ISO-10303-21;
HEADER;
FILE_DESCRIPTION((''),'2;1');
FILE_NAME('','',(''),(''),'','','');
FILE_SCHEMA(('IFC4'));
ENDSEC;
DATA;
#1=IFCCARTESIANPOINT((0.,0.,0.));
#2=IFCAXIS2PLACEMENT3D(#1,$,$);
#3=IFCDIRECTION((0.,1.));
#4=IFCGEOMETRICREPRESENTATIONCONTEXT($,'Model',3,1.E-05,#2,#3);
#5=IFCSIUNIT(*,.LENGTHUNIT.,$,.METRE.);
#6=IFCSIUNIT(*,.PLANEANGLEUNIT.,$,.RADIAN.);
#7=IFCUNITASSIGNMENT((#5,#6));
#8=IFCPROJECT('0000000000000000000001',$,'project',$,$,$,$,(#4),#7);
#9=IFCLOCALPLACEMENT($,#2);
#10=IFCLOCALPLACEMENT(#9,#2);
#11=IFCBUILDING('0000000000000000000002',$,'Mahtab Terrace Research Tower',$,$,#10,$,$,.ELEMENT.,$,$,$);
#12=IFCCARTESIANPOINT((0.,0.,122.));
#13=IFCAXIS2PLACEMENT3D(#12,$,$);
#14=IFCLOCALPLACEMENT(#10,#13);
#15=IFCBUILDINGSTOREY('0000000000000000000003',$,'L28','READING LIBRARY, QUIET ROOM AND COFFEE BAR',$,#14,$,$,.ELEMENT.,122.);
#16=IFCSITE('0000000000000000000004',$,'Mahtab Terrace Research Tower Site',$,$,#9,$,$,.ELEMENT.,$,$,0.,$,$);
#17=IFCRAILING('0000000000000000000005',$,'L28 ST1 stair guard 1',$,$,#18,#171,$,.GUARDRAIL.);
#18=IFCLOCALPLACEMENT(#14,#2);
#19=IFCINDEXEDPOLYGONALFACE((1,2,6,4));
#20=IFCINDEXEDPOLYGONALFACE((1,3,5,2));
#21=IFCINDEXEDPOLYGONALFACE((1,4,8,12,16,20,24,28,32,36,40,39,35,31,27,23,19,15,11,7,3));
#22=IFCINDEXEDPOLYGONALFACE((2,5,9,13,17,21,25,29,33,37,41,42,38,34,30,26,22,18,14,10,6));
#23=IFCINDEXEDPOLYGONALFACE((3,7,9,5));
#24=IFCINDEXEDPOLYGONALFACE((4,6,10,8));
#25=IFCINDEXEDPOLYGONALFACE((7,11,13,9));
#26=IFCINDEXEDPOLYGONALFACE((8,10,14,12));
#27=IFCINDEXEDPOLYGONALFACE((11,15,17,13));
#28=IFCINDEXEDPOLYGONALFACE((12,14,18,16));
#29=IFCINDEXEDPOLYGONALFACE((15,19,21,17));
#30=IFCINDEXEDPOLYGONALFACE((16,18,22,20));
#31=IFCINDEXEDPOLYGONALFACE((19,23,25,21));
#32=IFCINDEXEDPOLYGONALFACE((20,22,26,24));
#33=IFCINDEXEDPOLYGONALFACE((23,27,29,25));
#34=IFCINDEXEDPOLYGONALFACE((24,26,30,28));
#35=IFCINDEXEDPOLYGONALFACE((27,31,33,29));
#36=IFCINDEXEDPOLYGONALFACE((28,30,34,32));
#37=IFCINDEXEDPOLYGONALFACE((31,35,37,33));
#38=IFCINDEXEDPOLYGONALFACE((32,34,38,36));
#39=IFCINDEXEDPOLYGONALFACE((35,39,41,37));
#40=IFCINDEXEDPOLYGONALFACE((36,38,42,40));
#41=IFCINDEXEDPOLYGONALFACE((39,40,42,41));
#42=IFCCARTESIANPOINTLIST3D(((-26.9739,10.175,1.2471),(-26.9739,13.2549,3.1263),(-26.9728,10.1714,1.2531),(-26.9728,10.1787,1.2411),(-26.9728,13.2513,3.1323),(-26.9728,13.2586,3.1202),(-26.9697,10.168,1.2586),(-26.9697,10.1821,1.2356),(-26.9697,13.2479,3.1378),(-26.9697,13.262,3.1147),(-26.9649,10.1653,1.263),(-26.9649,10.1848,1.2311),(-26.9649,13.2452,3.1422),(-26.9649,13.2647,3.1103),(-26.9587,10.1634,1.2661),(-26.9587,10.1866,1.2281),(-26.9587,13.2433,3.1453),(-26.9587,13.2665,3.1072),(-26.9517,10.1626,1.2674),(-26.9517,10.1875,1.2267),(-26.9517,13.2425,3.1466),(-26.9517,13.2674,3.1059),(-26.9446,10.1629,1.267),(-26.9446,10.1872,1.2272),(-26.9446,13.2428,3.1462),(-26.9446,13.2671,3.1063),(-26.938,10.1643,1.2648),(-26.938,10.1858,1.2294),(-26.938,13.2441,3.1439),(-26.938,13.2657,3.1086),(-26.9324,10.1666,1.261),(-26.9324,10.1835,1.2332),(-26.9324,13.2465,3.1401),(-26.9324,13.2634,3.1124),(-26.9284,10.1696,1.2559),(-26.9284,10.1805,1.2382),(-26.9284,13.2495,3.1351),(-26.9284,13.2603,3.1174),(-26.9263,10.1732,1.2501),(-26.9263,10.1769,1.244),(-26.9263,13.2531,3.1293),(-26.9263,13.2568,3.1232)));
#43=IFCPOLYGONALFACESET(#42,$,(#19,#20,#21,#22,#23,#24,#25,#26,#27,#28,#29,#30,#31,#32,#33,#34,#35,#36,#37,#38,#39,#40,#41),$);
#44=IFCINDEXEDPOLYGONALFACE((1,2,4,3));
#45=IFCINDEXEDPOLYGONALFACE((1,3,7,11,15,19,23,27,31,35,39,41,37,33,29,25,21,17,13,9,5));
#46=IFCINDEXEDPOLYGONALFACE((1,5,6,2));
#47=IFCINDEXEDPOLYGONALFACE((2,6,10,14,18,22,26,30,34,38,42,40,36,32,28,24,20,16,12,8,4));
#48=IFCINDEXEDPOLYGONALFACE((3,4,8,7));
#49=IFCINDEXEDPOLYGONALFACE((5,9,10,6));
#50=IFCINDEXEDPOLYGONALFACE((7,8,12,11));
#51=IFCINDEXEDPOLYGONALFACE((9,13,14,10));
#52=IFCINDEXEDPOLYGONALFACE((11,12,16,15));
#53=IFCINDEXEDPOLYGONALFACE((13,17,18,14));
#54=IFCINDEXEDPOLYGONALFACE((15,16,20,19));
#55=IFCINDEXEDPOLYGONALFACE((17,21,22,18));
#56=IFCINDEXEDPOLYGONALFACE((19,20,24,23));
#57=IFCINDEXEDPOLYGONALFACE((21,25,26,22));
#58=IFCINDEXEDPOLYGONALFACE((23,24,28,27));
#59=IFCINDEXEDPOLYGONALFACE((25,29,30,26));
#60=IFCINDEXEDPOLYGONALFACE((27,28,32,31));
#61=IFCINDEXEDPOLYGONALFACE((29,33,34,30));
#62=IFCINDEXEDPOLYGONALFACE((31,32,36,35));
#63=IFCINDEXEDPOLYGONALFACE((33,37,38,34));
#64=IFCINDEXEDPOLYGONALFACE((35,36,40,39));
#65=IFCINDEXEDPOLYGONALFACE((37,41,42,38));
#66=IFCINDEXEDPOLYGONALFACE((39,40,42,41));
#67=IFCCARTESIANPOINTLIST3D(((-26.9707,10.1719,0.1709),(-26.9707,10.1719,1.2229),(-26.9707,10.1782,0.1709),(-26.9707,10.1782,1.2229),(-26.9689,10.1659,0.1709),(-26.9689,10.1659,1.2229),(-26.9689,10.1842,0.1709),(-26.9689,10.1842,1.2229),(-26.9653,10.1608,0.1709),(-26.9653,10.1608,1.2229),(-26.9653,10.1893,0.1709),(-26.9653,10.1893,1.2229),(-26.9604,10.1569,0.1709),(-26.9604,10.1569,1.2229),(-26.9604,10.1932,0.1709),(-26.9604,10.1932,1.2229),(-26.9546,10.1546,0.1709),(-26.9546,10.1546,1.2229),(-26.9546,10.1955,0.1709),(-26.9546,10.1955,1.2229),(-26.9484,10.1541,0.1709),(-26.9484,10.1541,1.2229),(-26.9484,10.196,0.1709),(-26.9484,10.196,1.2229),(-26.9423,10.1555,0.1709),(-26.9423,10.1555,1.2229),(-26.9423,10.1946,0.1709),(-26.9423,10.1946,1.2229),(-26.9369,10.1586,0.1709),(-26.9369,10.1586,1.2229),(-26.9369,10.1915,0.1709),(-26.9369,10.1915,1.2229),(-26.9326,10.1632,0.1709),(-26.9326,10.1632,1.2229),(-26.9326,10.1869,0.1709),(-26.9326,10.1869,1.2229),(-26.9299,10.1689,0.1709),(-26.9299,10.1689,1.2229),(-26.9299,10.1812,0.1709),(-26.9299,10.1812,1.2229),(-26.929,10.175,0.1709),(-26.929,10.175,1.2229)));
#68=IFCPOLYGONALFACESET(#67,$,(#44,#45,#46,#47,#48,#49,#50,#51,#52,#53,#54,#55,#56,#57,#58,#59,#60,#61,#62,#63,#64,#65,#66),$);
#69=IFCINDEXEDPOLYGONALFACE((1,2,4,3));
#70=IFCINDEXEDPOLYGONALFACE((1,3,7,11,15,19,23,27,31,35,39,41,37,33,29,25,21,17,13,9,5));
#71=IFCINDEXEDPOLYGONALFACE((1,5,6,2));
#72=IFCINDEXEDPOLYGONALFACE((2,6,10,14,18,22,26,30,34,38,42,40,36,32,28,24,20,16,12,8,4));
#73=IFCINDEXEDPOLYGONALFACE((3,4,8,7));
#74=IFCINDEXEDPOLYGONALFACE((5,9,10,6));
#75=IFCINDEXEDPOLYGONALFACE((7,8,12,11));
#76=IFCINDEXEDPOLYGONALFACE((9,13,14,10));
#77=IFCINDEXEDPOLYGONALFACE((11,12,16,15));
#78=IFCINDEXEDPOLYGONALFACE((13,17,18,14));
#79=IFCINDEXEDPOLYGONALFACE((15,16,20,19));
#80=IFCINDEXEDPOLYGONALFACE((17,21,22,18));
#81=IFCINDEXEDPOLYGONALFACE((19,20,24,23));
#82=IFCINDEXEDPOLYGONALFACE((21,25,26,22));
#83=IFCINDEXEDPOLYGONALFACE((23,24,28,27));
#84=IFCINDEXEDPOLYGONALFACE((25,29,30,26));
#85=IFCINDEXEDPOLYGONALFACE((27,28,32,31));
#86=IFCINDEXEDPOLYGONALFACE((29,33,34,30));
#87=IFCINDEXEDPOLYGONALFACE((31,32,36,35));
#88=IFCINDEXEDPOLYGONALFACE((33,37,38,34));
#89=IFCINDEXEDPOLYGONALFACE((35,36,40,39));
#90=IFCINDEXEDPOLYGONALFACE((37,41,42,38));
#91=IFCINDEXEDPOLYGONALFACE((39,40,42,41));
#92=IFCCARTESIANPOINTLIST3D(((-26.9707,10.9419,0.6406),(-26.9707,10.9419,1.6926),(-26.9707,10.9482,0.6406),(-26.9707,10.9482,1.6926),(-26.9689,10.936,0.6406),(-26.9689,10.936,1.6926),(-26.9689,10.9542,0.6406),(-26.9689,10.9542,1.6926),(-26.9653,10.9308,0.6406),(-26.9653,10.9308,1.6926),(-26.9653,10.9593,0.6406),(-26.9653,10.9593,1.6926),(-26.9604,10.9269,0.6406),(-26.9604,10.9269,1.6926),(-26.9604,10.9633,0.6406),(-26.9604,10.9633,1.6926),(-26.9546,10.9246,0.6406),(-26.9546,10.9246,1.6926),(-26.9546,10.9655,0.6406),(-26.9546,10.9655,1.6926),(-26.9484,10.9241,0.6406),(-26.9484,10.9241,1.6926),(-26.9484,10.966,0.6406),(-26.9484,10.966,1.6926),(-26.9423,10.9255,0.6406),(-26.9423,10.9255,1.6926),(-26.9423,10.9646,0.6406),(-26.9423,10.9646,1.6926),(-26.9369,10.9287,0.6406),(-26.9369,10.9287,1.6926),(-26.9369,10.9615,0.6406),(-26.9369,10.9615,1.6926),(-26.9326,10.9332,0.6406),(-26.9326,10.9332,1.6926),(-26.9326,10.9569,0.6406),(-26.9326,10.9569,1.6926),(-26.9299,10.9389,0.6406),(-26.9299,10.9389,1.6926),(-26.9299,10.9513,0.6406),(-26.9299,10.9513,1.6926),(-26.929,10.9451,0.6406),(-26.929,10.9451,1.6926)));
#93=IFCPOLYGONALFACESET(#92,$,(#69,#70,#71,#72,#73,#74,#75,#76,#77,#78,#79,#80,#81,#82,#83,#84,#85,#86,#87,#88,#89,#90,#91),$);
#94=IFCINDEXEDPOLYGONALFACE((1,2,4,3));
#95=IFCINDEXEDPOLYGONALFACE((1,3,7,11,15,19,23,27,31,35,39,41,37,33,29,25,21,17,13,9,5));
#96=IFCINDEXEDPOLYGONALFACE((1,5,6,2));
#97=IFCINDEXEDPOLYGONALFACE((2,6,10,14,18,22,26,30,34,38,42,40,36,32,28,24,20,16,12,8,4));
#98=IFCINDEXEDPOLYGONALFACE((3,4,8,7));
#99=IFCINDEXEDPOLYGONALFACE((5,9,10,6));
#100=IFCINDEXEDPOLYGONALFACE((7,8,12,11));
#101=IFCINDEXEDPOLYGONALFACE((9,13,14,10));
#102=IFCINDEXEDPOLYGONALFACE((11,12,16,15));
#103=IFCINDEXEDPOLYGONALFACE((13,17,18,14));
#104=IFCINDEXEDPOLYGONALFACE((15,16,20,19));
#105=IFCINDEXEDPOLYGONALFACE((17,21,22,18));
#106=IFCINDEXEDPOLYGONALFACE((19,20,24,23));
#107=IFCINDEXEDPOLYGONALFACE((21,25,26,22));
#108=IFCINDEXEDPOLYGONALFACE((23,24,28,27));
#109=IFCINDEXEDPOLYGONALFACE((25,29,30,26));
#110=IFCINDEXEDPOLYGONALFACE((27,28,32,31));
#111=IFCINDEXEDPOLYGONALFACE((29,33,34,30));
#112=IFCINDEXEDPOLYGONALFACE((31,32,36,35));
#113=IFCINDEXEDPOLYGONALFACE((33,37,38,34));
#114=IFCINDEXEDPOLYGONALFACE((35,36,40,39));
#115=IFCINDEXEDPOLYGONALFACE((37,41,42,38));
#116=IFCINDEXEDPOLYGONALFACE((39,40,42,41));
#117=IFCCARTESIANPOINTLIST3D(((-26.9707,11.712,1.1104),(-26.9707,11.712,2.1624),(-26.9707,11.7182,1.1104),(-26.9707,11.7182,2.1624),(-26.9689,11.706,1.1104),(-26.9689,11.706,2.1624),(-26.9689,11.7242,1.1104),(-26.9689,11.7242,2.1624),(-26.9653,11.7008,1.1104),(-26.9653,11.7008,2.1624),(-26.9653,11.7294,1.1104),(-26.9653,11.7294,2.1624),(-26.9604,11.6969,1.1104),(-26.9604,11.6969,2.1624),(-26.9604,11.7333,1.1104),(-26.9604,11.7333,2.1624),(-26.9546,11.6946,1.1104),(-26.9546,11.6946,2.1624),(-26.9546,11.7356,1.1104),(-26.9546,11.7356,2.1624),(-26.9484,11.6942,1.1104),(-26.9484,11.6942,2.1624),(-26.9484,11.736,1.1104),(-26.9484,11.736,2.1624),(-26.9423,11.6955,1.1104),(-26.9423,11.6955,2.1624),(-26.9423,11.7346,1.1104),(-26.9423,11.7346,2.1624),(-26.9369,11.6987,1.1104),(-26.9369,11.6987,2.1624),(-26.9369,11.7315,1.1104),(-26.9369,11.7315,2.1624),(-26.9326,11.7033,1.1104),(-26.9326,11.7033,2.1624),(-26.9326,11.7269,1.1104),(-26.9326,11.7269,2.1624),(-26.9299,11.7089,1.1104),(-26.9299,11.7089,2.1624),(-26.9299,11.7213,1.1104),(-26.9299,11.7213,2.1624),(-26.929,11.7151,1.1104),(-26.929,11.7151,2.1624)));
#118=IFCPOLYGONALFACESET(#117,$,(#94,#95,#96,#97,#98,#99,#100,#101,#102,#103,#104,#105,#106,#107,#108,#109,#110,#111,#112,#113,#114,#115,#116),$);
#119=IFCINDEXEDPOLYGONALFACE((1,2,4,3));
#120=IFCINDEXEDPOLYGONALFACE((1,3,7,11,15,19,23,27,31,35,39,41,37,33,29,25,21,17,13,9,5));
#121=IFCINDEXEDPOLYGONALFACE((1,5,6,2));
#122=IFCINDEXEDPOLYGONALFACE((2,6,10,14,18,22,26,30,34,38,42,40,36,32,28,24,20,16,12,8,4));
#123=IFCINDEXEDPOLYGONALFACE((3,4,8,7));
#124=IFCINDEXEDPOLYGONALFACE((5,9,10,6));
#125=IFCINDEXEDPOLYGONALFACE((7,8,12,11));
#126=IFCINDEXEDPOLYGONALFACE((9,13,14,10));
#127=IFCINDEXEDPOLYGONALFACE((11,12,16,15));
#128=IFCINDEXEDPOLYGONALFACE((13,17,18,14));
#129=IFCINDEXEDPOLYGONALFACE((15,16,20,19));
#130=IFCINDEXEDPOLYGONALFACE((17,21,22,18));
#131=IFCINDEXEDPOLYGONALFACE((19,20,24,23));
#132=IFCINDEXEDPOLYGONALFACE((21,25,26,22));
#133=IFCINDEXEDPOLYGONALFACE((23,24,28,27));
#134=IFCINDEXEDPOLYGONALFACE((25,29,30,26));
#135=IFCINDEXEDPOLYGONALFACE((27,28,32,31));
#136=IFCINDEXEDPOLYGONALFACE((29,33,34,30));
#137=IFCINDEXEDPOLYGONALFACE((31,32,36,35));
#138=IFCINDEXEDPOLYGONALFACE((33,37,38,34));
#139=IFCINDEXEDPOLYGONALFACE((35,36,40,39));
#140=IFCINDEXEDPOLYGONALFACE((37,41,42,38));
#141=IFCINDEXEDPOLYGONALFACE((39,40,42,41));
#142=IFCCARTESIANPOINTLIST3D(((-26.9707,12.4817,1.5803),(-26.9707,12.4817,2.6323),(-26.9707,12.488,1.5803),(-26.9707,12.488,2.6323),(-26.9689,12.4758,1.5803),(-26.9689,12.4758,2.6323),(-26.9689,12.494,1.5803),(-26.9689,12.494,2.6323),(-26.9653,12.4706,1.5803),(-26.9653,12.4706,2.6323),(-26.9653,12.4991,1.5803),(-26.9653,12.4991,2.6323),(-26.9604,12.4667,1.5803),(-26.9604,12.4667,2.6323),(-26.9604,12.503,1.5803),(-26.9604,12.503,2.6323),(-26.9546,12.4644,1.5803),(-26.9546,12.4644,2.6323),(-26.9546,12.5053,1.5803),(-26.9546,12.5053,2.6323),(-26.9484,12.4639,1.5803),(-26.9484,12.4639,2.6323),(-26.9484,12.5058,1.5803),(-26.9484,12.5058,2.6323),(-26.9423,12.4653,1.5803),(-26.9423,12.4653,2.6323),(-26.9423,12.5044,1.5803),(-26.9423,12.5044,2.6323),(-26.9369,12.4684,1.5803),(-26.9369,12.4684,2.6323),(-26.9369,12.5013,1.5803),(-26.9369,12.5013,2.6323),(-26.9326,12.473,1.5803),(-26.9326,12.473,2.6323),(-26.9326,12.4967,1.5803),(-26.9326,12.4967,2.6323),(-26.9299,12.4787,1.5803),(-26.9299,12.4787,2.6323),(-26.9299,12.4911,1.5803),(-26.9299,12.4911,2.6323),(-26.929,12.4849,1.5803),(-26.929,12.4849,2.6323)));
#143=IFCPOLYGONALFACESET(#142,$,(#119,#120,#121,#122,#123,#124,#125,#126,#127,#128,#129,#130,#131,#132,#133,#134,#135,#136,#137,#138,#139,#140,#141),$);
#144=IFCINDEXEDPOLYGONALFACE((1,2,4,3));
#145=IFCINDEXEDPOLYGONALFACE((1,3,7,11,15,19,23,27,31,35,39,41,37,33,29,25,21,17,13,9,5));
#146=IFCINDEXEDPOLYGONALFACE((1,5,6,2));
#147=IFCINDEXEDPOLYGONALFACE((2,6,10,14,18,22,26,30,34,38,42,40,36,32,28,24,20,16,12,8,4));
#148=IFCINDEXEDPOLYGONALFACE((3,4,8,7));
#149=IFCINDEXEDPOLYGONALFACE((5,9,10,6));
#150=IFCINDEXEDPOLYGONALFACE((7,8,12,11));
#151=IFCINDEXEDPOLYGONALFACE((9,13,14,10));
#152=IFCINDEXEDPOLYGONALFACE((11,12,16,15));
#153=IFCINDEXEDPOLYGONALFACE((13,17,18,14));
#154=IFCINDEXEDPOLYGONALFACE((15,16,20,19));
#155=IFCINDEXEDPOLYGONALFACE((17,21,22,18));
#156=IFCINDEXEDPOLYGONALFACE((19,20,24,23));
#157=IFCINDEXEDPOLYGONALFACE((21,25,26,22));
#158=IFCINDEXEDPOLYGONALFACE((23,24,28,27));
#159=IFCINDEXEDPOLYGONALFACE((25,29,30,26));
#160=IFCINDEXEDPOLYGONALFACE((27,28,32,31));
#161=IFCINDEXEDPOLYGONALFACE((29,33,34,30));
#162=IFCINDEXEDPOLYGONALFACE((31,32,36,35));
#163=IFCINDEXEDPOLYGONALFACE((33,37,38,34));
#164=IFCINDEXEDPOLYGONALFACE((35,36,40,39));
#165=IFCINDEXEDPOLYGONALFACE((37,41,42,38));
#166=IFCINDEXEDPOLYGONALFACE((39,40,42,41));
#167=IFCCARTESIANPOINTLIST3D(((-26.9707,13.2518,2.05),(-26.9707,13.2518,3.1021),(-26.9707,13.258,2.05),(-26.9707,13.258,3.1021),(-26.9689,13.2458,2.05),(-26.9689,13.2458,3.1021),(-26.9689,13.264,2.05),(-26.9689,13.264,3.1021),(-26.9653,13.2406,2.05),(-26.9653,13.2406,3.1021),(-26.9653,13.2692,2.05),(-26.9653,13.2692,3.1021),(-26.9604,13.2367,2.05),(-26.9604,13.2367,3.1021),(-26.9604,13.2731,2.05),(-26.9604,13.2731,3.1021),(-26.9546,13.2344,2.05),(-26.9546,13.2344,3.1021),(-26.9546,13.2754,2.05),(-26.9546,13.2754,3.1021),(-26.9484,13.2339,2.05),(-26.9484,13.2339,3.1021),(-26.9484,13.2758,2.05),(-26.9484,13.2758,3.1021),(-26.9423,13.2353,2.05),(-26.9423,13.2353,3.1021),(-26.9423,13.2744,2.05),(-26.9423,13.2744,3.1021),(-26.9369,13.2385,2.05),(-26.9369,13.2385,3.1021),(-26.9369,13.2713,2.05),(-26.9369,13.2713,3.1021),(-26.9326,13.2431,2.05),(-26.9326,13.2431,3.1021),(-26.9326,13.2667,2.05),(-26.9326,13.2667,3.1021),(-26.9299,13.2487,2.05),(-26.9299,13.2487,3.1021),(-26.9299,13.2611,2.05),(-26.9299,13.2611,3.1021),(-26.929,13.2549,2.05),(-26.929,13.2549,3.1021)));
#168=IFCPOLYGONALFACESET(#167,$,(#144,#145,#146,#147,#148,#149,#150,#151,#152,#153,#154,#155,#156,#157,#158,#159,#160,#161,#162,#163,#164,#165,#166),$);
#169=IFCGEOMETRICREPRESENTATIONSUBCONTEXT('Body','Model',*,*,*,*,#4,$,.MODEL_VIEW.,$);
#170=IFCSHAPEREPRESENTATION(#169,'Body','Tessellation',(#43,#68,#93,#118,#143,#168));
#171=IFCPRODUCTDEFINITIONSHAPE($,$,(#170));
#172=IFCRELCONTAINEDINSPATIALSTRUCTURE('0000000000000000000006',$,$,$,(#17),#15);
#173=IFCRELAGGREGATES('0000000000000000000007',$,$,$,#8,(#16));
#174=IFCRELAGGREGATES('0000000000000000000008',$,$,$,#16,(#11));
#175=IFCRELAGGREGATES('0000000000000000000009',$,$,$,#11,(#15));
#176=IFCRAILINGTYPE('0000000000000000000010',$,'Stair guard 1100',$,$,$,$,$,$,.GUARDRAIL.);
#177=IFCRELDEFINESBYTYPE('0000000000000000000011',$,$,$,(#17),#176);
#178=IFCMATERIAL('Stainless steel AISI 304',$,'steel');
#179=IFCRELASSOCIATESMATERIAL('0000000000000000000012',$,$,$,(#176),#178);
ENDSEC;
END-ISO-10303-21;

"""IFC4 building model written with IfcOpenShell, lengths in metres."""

from ifc_helpers import new_model, si_unit, direction, frame, origin, origin_2d, place, context, subcontext, project, spatial, circle, extrude, material, type_object, element, save


model = new_model("IFC4")

# Units and contexts
model_context = context("Model", 3, precision=1e-05, world=origin(), true_north=direction((0.0, 1.0)))
body_context = subcontext(model_context, "Body", "Model", "MODEL_VIEW")
ifc_project = project(units=[si_unit("LENGTHUNIT", "METRE"), si_unit("PLANEANGLEUNIT", "RADIAN")], contexts=[model_context])

# Site, building, storey
site_placement = place(None, origin())
site = spatial("IfcSite", under=ifc_project, at=site_placement, Name="Mahtab Terrace Research Tower Site", CompositionType="ELEMENT", RefElevation=0.0)
building_placement = place(site_placement, origin())
building = spatial("IfcBuilding", under=site, at=building_placement, Name="Mahtab Terrace Research Tower", CompositionType="ELEMENT")
storey_placement = place(building_placement, frame((0.0, 0.0, 122.0)))
storey = spatial("IfcBuildingStorey", under=building, at=storey_placement, Name="L28", Description="READING LIBRARY, QUIET ROOM AND COFFEE BAR", CompositionType="ELEMENT", Elevation=122.0)

# Shared definitions
ifc_material_1 = material(Name="Stainless steel AISI 304", Category="steel")

# Railing
railing_type_1 = type_object("IfcRailingType", Name="Stair guard 1100", PredefinedType="GUARDRAIL", material=ifc_material_1)
railing_1_placement = place(storey_placement, frame((-26.95, 10.175, 0.1709)))
element("IfcRailing", 1, at=railing_1_placement, inside=storey, type_object=railing_type_1, Name="L28 ST1 stair guard 1", PredefinedType="GUARDRAIL", context=body_context, shape_type="SweptSolid", body=[
    extrude(circle(Radius=0.0239, at=origin_2d()), frame((0.0, 0.0, 1.0762), z_axis=(0.0, 0.853648, 0.52085), x_axis=(-1.0, 0.0, 0.0)), (0.0, 0.0, 1.0), 3.6079),
    extrude(circle(Radius=0.021, at=origin_2d()), origin(), (0.0, 0.0, 1.0), 1.052),
    extrude(circle(Radius=0.021, at=origin_2d()), frame((0.0, 0.77, 0.4697)), (0.0, 0.0, 1.0), 1.052),
    extrude(circle(Radius=0.021, at=origin_2d()), frame((0.0, 1.54, 0.9395)), (0.0, 0.0, 1.0), 1.052),
    extrude(circle(Radius=0.021, at=origin_2d()), frame((0.0, 2.3098, 1.4094)), (0.0, 0.0, 1.0), 1.052),
    extrude(circle(Radius=0.021, at=origin_2d()), frame((0.0, 3.0798, 1.8792)), (0.0, 0.0, 1.0), 1.052),
])

save(model, "model.ifc")
